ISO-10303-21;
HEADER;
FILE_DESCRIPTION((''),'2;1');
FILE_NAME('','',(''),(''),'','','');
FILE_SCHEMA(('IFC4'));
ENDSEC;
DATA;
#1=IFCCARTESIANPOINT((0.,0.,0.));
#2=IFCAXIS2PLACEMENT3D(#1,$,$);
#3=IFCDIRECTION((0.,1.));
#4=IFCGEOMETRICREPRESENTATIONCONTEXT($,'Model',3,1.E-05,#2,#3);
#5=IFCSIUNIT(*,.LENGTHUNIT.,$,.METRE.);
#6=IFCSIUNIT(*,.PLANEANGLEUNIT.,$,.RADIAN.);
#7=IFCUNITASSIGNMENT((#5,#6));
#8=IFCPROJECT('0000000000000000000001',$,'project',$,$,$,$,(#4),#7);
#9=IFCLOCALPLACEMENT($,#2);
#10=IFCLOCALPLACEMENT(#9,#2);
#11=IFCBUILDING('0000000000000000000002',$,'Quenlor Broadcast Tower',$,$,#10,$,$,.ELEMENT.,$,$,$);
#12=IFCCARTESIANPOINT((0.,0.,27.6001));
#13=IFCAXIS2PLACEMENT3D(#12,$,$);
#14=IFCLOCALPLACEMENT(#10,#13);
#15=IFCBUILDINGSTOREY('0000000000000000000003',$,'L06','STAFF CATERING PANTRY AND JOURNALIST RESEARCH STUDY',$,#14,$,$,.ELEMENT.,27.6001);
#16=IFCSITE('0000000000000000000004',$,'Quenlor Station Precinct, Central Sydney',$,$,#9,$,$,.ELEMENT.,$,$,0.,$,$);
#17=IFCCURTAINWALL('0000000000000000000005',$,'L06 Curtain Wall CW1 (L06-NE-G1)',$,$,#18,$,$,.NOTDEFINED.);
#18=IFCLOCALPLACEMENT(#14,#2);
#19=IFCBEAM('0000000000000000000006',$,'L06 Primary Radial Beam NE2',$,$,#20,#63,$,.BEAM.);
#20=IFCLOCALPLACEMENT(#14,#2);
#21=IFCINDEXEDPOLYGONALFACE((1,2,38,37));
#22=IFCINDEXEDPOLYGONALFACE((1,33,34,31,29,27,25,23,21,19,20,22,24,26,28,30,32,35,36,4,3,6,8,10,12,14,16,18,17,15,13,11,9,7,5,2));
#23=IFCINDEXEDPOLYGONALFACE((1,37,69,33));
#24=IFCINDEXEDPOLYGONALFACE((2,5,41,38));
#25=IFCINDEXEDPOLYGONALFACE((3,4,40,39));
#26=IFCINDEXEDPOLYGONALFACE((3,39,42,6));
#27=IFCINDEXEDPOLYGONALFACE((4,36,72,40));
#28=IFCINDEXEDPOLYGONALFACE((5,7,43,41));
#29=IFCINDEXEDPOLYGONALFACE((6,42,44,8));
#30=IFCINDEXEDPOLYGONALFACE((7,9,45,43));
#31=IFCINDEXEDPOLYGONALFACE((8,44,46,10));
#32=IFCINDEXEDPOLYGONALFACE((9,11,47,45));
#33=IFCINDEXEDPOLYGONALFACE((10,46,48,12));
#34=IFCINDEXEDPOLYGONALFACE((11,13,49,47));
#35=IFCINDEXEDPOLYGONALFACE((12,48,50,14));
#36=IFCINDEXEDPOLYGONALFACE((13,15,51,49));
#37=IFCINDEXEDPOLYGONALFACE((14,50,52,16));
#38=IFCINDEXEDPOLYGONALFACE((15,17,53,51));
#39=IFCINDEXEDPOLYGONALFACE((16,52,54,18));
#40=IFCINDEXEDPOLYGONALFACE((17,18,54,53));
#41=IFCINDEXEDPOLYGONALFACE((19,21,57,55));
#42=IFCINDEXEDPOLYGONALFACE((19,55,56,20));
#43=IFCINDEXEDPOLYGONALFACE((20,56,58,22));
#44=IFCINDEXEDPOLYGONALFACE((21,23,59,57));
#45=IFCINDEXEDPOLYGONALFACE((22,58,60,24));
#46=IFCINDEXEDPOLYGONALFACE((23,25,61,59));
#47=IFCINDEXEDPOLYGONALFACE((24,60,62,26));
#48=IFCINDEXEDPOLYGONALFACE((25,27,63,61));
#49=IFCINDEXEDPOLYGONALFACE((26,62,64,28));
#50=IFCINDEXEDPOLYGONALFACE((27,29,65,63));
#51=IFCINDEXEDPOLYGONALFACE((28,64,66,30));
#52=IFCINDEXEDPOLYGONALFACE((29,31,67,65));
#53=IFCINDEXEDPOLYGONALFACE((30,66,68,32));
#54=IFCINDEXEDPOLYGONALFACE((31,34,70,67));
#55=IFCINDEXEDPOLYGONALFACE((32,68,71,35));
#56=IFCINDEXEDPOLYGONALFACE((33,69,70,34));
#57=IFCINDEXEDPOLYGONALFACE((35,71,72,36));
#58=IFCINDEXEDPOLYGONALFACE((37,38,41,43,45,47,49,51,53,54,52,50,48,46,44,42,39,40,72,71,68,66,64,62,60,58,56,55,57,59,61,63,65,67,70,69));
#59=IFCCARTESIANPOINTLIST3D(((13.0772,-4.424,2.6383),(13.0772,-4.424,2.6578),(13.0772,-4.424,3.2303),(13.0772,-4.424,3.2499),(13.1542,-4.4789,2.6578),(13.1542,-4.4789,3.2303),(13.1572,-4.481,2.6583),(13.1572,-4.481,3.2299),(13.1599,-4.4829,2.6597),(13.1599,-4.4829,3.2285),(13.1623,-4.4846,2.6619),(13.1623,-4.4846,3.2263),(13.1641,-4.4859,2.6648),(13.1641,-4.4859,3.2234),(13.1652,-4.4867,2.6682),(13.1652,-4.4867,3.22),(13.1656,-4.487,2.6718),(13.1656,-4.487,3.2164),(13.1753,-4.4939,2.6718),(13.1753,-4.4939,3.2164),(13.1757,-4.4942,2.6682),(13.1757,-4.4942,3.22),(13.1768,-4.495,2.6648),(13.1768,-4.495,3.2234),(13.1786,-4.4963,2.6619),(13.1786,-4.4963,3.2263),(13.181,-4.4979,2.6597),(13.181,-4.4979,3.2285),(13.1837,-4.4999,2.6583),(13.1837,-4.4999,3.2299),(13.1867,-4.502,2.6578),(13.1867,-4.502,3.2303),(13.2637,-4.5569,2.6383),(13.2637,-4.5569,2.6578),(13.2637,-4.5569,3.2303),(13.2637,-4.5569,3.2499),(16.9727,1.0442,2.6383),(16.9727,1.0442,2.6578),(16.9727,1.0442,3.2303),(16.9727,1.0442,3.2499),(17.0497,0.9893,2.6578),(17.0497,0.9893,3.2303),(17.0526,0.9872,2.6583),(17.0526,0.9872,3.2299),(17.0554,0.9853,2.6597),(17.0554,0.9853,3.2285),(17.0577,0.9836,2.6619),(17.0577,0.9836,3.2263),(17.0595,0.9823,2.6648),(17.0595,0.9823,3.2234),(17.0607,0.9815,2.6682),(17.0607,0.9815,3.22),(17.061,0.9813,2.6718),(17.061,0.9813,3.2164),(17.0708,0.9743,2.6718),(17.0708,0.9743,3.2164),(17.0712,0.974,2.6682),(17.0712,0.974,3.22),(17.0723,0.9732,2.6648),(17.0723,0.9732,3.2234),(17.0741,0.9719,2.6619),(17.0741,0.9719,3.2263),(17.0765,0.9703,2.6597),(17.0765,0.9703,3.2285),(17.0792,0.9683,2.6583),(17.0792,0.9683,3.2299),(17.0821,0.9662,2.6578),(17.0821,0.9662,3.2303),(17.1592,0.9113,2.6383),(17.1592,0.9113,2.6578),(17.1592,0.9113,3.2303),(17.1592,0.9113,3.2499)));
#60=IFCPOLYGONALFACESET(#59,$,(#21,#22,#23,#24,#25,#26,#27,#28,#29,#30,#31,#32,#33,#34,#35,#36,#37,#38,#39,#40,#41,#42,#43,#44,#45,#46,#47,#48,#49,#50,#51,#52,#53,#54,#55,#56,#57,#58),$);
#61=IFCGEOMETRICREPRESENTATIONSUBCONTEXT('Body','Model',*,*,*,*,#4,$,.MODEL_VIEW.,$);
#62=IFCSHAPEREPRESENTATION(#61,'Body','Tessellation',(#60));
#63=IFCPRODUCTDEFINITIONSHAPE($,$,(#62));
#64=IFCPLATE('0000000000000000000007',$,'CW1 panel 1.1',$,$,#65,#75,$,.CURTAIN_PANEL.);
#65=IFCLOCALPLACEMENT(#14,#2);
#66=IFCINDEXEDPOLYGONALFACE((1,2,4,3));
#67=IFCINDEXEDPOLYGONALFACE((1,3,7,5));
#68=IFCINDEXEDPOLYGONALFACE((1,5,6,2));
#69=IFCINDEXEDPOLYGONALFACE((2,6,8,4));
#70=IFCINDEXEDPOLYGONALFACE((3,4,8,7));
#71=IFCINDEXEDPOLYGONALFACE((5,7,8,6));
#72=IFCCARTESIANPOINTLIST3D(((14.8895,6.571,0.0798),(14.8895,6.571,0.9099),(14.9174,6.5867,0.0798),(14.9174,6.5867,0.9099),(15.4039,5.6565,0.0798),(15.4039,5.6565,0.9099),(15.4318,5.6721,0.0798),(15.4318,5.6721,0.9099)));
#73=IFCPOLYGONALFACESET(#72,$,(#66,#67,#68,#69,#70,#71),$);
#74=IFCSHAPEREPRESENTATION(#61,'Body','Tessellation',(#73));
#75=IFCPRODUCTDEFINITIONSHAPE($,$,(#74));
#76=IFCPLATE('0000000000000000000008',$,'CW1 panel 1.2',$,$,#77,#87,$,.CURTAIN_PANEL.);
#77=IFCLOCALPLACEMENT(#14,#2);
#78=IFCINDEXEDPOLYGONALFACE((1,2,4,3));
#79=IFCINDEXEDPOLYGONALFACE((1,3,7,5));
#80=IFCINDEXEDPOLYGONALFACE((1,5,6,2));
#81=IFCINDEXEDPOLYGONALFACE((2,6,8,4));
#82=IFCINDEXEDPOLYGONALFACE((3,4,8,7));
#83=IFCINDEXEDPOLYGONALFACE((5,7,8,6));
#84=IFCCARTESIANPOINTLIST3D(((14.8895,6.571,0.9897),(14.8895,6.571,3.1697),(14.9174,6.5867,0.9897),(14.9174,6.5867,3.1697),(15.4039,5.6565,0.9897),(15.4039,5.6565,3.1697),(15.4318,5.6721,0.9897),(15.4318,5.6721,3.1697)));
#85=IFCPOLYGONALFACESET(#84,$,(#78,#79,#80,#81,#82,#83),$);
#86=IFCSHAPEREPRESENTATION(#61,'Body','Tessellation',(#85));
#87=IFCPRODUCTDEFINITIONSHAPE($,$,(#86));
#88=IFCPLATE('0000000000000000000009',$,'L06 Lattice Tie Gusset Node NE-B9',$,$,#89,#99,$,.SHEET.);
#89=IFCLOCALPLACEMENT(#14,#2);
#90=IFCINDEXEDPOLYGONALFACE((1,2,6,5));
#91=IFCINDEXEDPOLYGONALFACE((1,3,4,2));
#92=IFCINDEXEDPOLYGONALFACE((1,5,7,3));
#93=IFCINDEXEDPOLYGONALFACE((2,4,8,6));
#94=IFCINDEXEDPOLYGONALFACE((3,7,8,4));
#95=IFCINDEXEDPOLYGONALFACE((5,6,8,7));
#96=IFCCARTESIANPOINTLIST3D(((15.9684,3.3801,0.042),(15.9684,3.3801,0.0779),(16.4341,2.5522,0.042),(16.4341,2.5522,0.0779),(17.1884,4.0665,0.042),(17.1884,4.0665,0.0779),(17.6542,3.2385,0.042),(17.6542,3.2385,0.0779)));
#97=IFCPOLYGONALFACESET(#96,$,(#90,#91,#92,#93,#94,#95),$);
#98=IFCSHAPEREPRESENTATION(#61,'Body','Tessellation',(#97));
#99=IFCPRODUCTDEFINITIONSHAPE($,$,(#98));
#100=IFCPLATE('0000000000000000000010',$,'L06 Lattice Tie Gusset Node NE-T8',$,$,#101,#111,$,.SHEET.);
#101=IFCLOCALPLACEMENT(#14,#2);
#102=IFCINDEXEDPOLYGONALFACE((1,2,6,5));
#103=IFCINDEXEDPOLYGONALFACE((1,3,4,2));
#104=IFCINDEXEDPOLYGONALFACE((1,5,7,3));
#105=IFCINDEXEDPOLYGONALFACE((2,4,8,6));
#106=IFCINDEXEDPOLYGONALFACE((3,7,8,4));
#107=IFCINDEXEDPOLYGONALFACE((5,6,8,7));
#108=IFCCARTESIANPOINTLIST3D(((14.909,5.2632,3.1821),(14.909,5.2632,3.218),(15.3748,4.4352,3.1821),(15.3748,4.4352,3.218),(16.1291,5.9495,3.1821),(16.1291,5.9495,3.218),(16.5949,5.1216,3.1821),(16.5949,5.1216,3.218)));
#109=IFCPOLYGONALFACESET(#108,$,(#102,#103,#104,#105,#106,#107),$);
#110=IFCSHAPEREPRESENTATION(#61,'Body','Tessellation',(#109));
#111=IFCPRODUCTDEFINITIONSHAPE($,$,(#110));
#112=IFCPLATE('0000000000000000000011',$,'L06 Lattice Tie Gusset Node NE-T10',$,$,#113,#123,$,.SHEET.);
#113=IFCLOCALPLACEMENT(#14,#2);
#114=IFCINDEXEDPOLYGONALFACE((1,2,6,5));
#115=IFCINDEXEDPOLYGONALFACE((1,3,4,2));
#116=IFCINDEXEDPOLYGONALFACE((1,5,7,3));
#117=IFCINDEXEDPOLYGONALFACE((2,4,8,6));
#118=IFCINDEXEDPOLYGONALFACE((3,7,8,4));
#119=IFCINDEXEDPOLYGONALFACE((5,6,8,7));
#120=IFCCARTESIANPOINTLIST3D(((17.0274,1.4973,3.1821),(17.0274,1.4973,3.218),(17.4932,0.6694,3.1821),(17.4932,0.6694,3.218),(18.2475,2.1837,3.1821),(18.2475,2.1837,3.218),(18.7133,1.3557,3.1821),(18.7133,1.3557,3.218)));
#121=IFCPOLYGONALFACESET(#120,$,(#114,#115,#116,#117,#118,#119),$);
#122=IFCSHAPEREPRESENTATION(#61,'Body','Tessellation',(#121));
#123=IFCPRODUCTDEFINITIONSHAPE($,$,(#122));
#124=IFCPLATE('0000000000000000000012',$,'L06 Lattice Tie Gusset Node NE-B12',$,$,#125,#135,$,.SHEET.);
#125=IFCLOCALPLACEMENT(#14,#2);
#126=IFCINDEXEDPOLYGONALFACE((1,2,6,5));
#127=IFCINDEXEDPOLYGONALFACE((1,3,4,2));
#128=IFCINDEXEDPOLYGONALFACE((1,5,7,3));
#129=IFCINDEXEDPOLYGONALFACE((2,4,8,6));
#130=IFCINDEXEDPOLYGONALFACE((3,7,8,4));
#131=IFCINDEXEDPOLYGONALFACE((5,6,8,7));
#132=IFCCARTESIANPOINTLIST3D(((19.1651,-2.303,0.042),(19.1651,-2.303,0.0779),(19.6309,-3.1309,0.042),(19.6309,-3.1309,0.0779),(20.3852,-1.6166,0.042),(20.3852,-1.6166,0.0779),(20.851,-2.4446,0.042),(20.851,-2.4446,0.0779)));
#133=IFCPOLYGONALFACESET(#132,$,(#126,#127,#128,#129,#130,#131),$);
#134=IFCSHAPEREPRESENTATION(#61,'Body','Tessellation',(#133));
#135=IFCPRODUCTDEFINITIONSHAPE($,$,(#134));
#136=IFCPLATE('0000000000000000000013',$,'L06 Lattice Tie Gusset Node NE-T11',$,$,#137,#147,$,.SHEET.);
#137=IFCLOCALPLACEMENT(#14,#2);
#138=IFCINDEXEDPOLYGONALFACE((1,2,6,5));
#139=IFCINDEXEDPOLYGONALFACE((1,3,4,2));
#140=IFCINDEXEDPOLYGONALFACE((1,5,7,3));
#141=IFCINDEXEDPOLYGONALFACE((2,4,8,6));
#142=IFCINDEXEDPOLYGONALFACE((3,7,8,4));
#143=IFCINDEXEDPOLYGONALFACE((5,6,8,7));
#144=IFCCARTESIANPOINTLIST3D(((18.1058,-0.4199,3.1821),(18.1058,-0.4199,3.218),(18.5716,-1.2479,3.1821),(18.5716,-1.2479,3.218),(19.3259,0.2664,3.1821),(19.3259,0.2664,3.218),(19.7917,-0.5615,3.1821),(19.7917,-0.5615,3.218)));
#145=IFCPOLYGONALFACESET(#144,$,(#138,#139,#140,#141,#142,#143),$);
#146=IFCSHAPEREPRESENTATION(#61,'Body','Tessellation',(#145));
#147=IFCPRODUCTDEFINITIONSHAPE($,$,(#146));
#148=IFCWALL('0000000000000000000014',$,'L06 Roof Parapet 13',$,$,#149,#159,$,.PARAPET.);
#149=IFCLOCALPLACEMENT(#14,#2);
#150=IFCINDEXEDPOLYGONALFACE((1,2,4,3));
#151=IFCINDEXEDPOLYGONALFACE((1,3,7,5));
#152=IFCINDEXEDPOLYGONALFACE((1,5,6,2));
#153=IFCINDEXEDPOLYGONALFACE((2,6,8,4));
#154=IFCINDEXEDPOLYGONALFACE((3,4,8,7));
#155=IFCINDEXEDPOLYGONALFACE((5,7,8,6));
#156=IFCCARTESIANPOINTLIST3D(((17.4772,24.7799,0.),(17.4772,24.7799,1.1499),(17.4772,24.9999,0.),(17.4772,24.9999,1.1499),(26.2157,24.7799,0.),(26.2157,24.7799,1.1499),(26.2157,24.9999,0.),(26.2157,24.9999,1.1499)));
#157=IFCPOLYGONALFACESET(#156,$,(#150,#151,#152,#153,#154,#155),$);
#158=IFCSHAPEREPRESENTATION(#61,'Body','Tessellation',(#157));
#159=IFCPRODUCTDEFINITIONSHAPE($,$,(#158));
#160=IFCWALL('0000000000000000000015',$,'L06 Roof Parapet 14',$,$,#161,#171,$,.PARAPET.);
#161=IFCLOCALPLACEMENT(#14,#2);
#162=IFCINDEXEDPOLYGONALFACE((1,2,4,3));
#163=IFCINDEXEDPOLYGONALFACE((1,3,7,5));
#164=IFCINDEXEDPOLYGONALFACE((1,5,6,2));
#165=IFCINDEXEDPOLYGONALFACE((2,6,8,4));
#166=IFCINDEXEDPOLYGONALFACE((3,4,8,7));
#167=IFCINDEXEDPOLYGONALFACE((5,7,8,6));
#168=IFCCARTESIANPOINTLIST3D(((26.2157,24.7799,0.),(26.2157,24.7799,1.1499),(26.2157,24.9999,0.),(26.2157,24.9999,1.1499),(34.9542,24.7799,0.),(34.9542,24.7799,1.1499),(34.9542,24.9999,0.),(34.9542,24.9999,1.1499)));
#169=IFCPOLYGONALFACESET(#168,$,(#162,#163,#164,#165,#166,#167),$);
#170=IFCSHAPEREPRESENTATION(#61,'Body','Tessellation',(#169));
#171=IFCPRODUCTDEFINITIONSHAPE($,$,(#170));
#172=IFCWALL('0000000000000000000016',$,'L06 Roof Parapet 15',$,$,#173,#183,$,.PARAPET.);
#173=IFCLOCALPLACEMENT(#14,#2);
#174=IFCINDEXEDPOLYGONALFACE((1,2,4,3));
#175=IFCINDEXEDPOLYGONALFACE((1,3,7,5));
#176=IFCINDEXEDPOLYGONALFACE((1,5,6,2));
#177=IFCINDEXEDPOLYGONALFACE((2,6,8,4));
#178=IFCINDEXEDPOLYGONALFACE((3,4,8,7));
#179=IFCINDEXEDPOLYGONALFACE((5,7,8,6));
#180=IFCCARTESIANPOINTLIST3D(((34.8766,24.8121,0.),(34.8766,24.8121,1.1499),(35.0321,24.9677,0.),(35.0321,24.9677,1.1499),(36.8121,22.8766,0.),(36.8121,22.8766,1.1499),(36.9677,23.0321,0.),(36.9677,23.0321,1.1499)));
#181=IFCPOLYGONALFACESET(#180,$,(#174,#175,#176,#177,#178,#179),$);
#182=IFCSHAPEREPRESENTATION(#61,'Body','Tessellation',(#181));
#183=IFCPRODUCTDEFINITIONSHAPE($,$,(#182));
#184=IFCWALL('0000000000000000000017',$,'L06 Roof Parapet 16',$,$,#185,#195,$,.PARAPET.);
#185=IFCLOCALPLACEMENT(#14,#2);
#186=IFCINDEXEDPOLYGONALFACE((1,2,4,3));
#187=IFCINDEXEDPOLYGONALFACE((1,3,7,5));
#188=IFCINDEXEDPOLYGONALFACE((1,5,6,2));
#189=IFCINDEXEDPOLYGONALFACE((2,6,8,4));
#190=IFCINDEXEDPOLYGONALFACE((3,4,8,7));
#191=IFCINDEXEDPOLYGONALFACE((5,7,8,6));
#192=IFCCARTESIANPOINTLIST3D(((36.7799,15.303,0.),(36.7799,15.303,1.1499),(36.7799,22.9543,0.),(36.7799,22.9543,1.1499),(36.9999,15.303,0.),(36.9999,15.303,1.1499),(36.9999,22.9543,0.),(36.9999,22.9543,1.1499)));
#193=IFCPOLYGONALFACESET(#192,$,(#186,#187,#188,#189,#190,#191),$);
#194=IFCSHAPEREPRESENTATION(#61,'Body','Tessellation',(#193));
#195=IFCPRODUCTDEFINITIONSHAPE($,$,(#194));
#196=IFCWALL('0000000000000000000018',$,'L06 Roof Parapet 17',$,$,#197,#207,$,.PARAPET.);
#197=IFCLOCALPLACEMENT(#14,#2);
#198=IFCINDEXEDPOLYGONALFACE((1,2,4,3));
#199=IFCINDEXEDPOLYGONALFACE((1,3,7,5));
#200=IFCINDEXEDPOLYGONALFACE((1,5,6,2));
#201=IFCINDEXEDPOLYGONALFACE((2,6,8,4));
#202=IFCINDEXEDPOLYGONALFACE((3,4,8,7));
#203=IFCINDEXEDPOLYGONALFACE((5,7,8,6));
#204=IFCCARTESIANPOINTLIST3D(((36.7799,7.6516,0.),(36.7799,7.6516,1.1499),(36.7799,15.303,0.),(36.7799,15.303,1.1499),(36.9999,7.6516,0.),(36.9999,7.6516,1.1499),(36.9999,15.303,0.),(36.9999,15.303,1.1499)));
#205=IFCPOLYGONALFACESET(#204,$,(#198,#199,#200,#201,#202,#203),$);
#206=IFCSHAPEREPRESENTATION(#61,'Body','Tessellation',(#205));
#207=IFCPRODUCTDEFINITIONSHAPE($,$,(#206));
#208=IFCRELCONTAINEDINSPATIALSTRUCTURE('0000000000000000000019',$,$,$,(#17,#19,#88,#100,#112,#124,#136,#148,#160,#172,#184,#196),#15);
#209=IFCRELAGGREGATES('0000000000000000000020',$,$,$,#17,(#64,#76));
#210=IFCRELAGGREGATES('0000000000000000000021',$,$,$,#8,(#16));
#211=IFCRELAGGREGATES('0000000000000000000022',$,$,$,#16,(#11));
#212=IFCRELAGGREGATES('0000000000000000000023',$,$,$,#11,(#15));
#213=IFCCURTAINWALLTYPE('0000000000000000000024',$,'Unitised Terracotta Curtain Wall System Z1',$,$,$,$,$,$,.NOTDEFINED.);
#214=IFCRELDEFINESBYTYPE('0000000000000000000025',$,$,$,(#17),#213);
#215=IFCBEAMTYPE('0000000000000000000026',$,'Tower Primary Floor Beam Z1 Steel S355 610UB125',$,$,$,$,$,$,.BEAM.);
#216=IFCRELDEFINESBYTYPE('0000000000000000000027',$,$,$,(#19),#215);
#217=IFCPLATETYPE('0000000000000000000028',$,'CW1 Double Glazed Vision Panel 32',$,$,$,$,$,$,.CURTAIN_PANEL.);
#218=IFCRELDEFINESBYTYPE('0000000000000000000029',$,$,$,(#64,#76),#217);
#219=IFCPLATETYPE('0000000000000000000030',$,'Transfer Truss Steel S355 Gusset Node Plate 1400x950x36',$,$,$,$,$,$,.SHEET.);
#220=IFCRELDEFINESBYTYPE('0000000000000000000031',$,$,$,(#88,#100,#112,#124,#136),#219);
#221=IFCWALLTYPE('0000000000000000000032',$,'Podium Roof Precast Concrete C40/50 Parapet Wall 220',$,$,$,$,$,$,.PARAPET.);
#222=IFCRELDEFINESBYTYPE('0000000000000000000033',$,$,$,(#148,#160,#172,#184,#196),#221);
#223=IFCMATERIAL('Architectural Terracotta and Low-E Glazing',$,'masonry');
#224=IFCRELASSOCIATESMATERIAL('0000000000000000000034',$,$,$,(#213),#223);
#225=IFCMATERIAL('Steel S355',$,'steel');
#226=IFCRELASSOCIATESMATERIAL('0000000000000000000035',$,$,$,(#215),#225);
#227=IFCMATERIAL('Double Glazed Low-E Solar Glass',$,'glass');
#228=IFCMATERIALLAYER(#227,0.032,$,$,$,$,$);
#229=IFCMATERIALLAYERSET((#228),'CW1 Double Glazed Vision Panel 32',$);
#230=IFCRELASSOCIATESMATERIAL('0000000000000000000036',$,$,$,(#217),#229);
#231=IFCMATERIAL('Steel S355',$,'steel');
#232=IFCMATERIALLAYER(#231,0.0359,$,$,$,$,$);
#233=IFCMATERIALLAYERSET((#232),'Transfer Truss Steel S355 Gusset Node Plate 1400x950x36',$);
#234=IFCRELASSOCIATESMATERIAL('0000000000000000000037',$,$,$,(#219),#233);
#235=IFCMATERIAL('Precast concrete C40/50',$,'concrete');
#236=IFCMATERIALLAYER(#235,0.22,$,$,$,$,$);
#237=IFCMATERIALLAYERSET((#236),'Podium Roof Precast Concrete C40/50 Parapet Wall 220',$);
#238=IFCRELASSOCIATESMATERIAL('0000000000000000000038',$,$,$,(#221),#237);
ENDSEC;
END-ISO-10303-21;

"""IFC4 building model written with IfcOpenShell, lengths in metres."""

from ifc_helpers import new_model, si_unit, direction, frame, frame_2d, origin, origin_2d, place, context, subcontext, project, spatial, rectangle, i_section, extrude, material, layer, layer_set, material_profile, profile_set, type_object, element, aggregate, save


model = new_model("IFC4")

# Units and contexts
model_context = context("Model", 3, precision=1e-05, world=origin(), true_north=direction((0.0, 1.0)))
body_context = subcontext(model_context, "Body", "Model", "MODEL_VIEW")
ifc_project = project(units=[si_unit("LENGTHUNIT", "METRE"), si_unit("PLANEANGLEUNIT", "RADIAN")], contexts=[model_context])

# Site, building, storey
site_placement = place(None, origin())
site = spatial("IfcSite", under=ifc_project, at=site_placement, Name="Quenlor Station Precinct, Central Sydney", CompositionType="ELEMENT", RefElevation=0.0)
building_placement = place(site_placement, origin())
building = spatial("IfcBuilding", under=site, at=building_placement, Name="Quenlor Broadcast Tower", CompositionType="ELEMENT")
storey_placement = place(building_placement, frame((0.0, 0.0, 27.6001)))
storey = spatial("IfcBuildingStorey", under=building, at=storey_placement, Name="L06", Description="STAFF CATERING PANTRY AND JOURNALIST RESEARCH STUDY", CompositionType="ELEMENT", Elevation=27.6001)

# Curtain wall
ifc_material_1 = material(Name="Architectural Terracotta and Low-E Glazing", Category="masonry")
curtain_wall_type = type_object("IfcCurtainWallType", Name="Unitised Terracotta Curtain Wall System Z1", PredefinedType="NOTDEFINED", material=ifc_material_1)
curtain_wall_placement = place(storey_placement, origin())
curtain_wall = element("IfcCurtainWall", 1, at=curtain_wall_placement, inside=storey, type_object=curtain_wall_type, Name="L06 Curtain Wall CW1 (L06-NE-G1)", PredefinedType="NOTDEFINED")

# Beam
ifc_material_2 = material(Name="Steel S355", Category="steel")
ifc_material_profile_1 = material_profile(ifc_material_2, i_section(OverallWidth=0.229, OverallDepth=0.6116, WebThickness=0.012, FlangeThickness=0.0195, FilletRadius=0.0139, at=origin_2d()))
ifc_profile_set_1 = profile_set([ifc_material_profile_1], Name="Steel S355 610UB125")
beam_type_1 = type_object("IfcBeamType", Name="Tower Primary Floor Beam Z1 Steel S355 610UB125", PredefinedType="BEAM", material=ifc_profile_set_1)
beam_1_placement = place(storey_placement, frame((17.0659, 0.9778, 2.9441), z_axis=(-0.580213, -0.814465, 0.0), x_axis=(0.814465, -0.580213, 0.0)))
element("IfcBeam", 2, at=beam_1_placement, inside=storey, type_object=beam_type_1, Name="L06 Primary Radial Beam NE2", PredefinedType="BEAM", context=body_context, shape_type="SweptSolid", body=[
    extrude(i_section(OverallWidth=0.229, OverallDepth=0.6116, WebThickness=0.012, FlangeThickness=0.0195, FilletRadius=0.0139, at=origin_2d()), origin(), (0.0, 0.0, 1.0), 6.7139),
])

# Plates
ifc_material_3 = material(Name="Double Glazed Low-E Solar Glass", Category="glass")
ifc_layer_1 = layer(ifc_material_3, 0.032)
ifc_layer_set_1 = layer_set([ifc_layer_1], Name="CW1 Double Glazed Vision Panel 32")
plate_type_1 = type_object("IfcPlateType", Name="CW1 Double Glazed Vision Panel 32", PredefinedType="CURTAIN_PANEL", material=ifc_layer_set_1)
plate_1_placement = place(storey_placement, frame((15.1606, 6.1216, 0.0798), z_axis=(0.0, 0.0, 1.0), x_axis=(0.490277, -0.871567, 0.0)))
plate_1 = element("IfcPlate", 3, at=plate_1_placement, type_object=plate_type_1, Name="CW1 panel 1.1", PredefinedType="CURTAIN_PANEL", context=body_context, shape_type="SweptSolid", body=[
    extrude(rectangle(XDim=1.0493, YDim=0.032, at=origin_2d()), origin(), (0.0, 0.0, 1.0), 0.8301),
])
plate_2_placement = place(storey_placement, frame((15.1606, 6.1216, 0.9897), z_axis=(0.0, 0.0, 1.0), x_axis=(0.490277, -0.871567, 0.0)))
plate_2 = element("IfcPlate", 4, at=plate_2_placement, type_object=plate_type_1, Name="CW1 panel 1.2", PredefinedType="CURTAIN_PANEL", context=body_context, shape_type="SweptSolid", body=[
    extrude(rectangle(XDim=1.0493, YDim=0.032, at=origin_2d()), origin(), (0.0, 0.0, 1.0), 2.1799),
])
aggregate(curtain_wall, [plate_1, plate_2])

# Plates
ifc_material_4 = material(Name="Steel S355", Category="steel")
ifc_layer_2 = layer(ifc_material_4, 0.0359)
ifc_layer_set_2 = layer_set([ifc_layer_2], Name="Transfer Truss Steel S355 Gusset Node Plate 1400x950x36")
plate_type_2 = type_object("IfcPlateType", Name="Transfer Truss Steel S355 Gusset Node Plate 1400x950x36", PredefinedType="SHEET", material=ifc_layer_set_2)
for number, where, z_axis, x_axis, name in (
    (5, (16.8113, 3.3093, 0.042), (0.0, 0.0, 1.0), (0.871556, 0.490295, 0.0), "L06 Lattice Tie Gusset Node NE-B9"),
    (6, (15.752, 5.1924, 3.1821), (0.0, 0.0, 1.0), (0.871556, 0.490295, 0.0), "L06 Lattice Tie Gusset Node NE-T8"),
    (7, (17.8704, 1.4265, 3.1821), (0.0, 0.0, 1.0), (0.871556, 0.490295, 0.0), "L06 Lattice Tie Gusset Node NE-T10"),
    (8, (20.0081, -2.3738, 0.042), (0.0, 0.0, 1.0), (0.871556, 0.490295, 0.0), "L06 Lattice Tie Gusset Node NE-B12"),
    (9, (18.9487, -0.4907, 3.1821), (0.0, 0.0, 1.0), (0.871556, 0.490295, 0.0), "L06 Lattice Tie Gusset Node NE-T11"),
):
    element("IfcPlate", number, at=place(storey_placement, frame(where, z_axis=z_axis, x_axis=x_axis)), inside=storey, type_object=plate_type_2, Name=name, PredefinedType="SHEET", context=body_context, shape_type="SweptSolid", body=[
        extrude(rectangle(XDim=1.3999, YDim=0.95, at=origin_2d()), origin(), (0.0, 0.0, 1.0), 0.0359),
    ])

# Walls
ifc_material_5 = material(Name="Precast concrete C40/50", Category="concrete")
ifc_layer_3 = layer(ifc_material_5, 0.22)
ifc_layer_set_3 = layer_set([ifc_layer_3], Name="Podium Roof Precast Concrete C40/50 Parapet Wall 220")
wall_type_1 = type_object("IfcWallType", Name="Podium Roof Precast Concrete C40/50 Parapet Wall 220", PredefinedType="PARAPET", material=ifc_layer_set_3)
for number, where, z_axis, x_axis, name in (
    (10, (17.4773, 24.8899, 0.0), (0.0, 0.0, 1.0), (1.0, 0.0, 0.0), "L06 Roof Parapet 13"),
    (11, (26.2158, 24.8899, 0.0), (0.0, 0.0, 1.0), (1.0, 0.0, 0.0), "L06 Roof Parapet 14"),
):
    element("IfcWall", number, at=place(storey_placement, frame(where, z_axis=z_axis, x_axis=x_axis)), inside=storey, type_object=wall_type_1, Name=name, PredefinedType="PARAPET", context=body_context, shape_type="SweptSolid", body=[
        extrude(rectangle(XDim=8.7385, YDim=0.22, at=frame_2d((4.3691, 0.0))), origin(), (0.0, 0.0, 1.0), 1.1499),
    ])
wall_1_placement = place(storey_placement, frame((34.9543, 24.8899, 0.0), z_axis=(0.0, 0.0, 1.0), x_axis=(0.707107, -0.707107, 0.0)))
element("IfcWall", 12, at=wall_1_placement, inside=storey, type_object=wall_type_1, Name="L06 Roof Parapet 15", PredefinedType="PARAPET", context=body_context, shape_type="SweptSolid", body=[
    extrude(rectangle(XDim=2.7373, YDim=0.22, at=frame_2d((1.3687, 0.0))), origin(), (0.0, 0.0, 1.0), 1.1499),
])
for number, where, z_axis, x_axis, name in (
    (13, (36.8899, 22.9543, 0.0), (0.0, 0.0, 1.0), (0.0, -1.0, 0.0), "L06 Roof Parapet 16"),
    (14, (36.8899, 15.303, 0.0), (0.0, 0.0, 1.0), (0.0, -1.0, 0.0), "L06 Roof Parapet 17"),
):
    element("IfcWall", number, at=place(storey_placement, frame(where, z_axis=z_axis, x_axis=x_axis)), inside=storey, type_object=wall_type_1, Name=name, PredefinedType="PARAPET", context=body_context, shape_type="SweptSolid", body=[
        extrude(rectangle(XDim=7.6514, YDim=0.22, at=frame_2d((3.8257, 0.0))), origin(), (0.0, 0.0, 1.0), 1.1499),
    ])

save(model, "model.ifc")
